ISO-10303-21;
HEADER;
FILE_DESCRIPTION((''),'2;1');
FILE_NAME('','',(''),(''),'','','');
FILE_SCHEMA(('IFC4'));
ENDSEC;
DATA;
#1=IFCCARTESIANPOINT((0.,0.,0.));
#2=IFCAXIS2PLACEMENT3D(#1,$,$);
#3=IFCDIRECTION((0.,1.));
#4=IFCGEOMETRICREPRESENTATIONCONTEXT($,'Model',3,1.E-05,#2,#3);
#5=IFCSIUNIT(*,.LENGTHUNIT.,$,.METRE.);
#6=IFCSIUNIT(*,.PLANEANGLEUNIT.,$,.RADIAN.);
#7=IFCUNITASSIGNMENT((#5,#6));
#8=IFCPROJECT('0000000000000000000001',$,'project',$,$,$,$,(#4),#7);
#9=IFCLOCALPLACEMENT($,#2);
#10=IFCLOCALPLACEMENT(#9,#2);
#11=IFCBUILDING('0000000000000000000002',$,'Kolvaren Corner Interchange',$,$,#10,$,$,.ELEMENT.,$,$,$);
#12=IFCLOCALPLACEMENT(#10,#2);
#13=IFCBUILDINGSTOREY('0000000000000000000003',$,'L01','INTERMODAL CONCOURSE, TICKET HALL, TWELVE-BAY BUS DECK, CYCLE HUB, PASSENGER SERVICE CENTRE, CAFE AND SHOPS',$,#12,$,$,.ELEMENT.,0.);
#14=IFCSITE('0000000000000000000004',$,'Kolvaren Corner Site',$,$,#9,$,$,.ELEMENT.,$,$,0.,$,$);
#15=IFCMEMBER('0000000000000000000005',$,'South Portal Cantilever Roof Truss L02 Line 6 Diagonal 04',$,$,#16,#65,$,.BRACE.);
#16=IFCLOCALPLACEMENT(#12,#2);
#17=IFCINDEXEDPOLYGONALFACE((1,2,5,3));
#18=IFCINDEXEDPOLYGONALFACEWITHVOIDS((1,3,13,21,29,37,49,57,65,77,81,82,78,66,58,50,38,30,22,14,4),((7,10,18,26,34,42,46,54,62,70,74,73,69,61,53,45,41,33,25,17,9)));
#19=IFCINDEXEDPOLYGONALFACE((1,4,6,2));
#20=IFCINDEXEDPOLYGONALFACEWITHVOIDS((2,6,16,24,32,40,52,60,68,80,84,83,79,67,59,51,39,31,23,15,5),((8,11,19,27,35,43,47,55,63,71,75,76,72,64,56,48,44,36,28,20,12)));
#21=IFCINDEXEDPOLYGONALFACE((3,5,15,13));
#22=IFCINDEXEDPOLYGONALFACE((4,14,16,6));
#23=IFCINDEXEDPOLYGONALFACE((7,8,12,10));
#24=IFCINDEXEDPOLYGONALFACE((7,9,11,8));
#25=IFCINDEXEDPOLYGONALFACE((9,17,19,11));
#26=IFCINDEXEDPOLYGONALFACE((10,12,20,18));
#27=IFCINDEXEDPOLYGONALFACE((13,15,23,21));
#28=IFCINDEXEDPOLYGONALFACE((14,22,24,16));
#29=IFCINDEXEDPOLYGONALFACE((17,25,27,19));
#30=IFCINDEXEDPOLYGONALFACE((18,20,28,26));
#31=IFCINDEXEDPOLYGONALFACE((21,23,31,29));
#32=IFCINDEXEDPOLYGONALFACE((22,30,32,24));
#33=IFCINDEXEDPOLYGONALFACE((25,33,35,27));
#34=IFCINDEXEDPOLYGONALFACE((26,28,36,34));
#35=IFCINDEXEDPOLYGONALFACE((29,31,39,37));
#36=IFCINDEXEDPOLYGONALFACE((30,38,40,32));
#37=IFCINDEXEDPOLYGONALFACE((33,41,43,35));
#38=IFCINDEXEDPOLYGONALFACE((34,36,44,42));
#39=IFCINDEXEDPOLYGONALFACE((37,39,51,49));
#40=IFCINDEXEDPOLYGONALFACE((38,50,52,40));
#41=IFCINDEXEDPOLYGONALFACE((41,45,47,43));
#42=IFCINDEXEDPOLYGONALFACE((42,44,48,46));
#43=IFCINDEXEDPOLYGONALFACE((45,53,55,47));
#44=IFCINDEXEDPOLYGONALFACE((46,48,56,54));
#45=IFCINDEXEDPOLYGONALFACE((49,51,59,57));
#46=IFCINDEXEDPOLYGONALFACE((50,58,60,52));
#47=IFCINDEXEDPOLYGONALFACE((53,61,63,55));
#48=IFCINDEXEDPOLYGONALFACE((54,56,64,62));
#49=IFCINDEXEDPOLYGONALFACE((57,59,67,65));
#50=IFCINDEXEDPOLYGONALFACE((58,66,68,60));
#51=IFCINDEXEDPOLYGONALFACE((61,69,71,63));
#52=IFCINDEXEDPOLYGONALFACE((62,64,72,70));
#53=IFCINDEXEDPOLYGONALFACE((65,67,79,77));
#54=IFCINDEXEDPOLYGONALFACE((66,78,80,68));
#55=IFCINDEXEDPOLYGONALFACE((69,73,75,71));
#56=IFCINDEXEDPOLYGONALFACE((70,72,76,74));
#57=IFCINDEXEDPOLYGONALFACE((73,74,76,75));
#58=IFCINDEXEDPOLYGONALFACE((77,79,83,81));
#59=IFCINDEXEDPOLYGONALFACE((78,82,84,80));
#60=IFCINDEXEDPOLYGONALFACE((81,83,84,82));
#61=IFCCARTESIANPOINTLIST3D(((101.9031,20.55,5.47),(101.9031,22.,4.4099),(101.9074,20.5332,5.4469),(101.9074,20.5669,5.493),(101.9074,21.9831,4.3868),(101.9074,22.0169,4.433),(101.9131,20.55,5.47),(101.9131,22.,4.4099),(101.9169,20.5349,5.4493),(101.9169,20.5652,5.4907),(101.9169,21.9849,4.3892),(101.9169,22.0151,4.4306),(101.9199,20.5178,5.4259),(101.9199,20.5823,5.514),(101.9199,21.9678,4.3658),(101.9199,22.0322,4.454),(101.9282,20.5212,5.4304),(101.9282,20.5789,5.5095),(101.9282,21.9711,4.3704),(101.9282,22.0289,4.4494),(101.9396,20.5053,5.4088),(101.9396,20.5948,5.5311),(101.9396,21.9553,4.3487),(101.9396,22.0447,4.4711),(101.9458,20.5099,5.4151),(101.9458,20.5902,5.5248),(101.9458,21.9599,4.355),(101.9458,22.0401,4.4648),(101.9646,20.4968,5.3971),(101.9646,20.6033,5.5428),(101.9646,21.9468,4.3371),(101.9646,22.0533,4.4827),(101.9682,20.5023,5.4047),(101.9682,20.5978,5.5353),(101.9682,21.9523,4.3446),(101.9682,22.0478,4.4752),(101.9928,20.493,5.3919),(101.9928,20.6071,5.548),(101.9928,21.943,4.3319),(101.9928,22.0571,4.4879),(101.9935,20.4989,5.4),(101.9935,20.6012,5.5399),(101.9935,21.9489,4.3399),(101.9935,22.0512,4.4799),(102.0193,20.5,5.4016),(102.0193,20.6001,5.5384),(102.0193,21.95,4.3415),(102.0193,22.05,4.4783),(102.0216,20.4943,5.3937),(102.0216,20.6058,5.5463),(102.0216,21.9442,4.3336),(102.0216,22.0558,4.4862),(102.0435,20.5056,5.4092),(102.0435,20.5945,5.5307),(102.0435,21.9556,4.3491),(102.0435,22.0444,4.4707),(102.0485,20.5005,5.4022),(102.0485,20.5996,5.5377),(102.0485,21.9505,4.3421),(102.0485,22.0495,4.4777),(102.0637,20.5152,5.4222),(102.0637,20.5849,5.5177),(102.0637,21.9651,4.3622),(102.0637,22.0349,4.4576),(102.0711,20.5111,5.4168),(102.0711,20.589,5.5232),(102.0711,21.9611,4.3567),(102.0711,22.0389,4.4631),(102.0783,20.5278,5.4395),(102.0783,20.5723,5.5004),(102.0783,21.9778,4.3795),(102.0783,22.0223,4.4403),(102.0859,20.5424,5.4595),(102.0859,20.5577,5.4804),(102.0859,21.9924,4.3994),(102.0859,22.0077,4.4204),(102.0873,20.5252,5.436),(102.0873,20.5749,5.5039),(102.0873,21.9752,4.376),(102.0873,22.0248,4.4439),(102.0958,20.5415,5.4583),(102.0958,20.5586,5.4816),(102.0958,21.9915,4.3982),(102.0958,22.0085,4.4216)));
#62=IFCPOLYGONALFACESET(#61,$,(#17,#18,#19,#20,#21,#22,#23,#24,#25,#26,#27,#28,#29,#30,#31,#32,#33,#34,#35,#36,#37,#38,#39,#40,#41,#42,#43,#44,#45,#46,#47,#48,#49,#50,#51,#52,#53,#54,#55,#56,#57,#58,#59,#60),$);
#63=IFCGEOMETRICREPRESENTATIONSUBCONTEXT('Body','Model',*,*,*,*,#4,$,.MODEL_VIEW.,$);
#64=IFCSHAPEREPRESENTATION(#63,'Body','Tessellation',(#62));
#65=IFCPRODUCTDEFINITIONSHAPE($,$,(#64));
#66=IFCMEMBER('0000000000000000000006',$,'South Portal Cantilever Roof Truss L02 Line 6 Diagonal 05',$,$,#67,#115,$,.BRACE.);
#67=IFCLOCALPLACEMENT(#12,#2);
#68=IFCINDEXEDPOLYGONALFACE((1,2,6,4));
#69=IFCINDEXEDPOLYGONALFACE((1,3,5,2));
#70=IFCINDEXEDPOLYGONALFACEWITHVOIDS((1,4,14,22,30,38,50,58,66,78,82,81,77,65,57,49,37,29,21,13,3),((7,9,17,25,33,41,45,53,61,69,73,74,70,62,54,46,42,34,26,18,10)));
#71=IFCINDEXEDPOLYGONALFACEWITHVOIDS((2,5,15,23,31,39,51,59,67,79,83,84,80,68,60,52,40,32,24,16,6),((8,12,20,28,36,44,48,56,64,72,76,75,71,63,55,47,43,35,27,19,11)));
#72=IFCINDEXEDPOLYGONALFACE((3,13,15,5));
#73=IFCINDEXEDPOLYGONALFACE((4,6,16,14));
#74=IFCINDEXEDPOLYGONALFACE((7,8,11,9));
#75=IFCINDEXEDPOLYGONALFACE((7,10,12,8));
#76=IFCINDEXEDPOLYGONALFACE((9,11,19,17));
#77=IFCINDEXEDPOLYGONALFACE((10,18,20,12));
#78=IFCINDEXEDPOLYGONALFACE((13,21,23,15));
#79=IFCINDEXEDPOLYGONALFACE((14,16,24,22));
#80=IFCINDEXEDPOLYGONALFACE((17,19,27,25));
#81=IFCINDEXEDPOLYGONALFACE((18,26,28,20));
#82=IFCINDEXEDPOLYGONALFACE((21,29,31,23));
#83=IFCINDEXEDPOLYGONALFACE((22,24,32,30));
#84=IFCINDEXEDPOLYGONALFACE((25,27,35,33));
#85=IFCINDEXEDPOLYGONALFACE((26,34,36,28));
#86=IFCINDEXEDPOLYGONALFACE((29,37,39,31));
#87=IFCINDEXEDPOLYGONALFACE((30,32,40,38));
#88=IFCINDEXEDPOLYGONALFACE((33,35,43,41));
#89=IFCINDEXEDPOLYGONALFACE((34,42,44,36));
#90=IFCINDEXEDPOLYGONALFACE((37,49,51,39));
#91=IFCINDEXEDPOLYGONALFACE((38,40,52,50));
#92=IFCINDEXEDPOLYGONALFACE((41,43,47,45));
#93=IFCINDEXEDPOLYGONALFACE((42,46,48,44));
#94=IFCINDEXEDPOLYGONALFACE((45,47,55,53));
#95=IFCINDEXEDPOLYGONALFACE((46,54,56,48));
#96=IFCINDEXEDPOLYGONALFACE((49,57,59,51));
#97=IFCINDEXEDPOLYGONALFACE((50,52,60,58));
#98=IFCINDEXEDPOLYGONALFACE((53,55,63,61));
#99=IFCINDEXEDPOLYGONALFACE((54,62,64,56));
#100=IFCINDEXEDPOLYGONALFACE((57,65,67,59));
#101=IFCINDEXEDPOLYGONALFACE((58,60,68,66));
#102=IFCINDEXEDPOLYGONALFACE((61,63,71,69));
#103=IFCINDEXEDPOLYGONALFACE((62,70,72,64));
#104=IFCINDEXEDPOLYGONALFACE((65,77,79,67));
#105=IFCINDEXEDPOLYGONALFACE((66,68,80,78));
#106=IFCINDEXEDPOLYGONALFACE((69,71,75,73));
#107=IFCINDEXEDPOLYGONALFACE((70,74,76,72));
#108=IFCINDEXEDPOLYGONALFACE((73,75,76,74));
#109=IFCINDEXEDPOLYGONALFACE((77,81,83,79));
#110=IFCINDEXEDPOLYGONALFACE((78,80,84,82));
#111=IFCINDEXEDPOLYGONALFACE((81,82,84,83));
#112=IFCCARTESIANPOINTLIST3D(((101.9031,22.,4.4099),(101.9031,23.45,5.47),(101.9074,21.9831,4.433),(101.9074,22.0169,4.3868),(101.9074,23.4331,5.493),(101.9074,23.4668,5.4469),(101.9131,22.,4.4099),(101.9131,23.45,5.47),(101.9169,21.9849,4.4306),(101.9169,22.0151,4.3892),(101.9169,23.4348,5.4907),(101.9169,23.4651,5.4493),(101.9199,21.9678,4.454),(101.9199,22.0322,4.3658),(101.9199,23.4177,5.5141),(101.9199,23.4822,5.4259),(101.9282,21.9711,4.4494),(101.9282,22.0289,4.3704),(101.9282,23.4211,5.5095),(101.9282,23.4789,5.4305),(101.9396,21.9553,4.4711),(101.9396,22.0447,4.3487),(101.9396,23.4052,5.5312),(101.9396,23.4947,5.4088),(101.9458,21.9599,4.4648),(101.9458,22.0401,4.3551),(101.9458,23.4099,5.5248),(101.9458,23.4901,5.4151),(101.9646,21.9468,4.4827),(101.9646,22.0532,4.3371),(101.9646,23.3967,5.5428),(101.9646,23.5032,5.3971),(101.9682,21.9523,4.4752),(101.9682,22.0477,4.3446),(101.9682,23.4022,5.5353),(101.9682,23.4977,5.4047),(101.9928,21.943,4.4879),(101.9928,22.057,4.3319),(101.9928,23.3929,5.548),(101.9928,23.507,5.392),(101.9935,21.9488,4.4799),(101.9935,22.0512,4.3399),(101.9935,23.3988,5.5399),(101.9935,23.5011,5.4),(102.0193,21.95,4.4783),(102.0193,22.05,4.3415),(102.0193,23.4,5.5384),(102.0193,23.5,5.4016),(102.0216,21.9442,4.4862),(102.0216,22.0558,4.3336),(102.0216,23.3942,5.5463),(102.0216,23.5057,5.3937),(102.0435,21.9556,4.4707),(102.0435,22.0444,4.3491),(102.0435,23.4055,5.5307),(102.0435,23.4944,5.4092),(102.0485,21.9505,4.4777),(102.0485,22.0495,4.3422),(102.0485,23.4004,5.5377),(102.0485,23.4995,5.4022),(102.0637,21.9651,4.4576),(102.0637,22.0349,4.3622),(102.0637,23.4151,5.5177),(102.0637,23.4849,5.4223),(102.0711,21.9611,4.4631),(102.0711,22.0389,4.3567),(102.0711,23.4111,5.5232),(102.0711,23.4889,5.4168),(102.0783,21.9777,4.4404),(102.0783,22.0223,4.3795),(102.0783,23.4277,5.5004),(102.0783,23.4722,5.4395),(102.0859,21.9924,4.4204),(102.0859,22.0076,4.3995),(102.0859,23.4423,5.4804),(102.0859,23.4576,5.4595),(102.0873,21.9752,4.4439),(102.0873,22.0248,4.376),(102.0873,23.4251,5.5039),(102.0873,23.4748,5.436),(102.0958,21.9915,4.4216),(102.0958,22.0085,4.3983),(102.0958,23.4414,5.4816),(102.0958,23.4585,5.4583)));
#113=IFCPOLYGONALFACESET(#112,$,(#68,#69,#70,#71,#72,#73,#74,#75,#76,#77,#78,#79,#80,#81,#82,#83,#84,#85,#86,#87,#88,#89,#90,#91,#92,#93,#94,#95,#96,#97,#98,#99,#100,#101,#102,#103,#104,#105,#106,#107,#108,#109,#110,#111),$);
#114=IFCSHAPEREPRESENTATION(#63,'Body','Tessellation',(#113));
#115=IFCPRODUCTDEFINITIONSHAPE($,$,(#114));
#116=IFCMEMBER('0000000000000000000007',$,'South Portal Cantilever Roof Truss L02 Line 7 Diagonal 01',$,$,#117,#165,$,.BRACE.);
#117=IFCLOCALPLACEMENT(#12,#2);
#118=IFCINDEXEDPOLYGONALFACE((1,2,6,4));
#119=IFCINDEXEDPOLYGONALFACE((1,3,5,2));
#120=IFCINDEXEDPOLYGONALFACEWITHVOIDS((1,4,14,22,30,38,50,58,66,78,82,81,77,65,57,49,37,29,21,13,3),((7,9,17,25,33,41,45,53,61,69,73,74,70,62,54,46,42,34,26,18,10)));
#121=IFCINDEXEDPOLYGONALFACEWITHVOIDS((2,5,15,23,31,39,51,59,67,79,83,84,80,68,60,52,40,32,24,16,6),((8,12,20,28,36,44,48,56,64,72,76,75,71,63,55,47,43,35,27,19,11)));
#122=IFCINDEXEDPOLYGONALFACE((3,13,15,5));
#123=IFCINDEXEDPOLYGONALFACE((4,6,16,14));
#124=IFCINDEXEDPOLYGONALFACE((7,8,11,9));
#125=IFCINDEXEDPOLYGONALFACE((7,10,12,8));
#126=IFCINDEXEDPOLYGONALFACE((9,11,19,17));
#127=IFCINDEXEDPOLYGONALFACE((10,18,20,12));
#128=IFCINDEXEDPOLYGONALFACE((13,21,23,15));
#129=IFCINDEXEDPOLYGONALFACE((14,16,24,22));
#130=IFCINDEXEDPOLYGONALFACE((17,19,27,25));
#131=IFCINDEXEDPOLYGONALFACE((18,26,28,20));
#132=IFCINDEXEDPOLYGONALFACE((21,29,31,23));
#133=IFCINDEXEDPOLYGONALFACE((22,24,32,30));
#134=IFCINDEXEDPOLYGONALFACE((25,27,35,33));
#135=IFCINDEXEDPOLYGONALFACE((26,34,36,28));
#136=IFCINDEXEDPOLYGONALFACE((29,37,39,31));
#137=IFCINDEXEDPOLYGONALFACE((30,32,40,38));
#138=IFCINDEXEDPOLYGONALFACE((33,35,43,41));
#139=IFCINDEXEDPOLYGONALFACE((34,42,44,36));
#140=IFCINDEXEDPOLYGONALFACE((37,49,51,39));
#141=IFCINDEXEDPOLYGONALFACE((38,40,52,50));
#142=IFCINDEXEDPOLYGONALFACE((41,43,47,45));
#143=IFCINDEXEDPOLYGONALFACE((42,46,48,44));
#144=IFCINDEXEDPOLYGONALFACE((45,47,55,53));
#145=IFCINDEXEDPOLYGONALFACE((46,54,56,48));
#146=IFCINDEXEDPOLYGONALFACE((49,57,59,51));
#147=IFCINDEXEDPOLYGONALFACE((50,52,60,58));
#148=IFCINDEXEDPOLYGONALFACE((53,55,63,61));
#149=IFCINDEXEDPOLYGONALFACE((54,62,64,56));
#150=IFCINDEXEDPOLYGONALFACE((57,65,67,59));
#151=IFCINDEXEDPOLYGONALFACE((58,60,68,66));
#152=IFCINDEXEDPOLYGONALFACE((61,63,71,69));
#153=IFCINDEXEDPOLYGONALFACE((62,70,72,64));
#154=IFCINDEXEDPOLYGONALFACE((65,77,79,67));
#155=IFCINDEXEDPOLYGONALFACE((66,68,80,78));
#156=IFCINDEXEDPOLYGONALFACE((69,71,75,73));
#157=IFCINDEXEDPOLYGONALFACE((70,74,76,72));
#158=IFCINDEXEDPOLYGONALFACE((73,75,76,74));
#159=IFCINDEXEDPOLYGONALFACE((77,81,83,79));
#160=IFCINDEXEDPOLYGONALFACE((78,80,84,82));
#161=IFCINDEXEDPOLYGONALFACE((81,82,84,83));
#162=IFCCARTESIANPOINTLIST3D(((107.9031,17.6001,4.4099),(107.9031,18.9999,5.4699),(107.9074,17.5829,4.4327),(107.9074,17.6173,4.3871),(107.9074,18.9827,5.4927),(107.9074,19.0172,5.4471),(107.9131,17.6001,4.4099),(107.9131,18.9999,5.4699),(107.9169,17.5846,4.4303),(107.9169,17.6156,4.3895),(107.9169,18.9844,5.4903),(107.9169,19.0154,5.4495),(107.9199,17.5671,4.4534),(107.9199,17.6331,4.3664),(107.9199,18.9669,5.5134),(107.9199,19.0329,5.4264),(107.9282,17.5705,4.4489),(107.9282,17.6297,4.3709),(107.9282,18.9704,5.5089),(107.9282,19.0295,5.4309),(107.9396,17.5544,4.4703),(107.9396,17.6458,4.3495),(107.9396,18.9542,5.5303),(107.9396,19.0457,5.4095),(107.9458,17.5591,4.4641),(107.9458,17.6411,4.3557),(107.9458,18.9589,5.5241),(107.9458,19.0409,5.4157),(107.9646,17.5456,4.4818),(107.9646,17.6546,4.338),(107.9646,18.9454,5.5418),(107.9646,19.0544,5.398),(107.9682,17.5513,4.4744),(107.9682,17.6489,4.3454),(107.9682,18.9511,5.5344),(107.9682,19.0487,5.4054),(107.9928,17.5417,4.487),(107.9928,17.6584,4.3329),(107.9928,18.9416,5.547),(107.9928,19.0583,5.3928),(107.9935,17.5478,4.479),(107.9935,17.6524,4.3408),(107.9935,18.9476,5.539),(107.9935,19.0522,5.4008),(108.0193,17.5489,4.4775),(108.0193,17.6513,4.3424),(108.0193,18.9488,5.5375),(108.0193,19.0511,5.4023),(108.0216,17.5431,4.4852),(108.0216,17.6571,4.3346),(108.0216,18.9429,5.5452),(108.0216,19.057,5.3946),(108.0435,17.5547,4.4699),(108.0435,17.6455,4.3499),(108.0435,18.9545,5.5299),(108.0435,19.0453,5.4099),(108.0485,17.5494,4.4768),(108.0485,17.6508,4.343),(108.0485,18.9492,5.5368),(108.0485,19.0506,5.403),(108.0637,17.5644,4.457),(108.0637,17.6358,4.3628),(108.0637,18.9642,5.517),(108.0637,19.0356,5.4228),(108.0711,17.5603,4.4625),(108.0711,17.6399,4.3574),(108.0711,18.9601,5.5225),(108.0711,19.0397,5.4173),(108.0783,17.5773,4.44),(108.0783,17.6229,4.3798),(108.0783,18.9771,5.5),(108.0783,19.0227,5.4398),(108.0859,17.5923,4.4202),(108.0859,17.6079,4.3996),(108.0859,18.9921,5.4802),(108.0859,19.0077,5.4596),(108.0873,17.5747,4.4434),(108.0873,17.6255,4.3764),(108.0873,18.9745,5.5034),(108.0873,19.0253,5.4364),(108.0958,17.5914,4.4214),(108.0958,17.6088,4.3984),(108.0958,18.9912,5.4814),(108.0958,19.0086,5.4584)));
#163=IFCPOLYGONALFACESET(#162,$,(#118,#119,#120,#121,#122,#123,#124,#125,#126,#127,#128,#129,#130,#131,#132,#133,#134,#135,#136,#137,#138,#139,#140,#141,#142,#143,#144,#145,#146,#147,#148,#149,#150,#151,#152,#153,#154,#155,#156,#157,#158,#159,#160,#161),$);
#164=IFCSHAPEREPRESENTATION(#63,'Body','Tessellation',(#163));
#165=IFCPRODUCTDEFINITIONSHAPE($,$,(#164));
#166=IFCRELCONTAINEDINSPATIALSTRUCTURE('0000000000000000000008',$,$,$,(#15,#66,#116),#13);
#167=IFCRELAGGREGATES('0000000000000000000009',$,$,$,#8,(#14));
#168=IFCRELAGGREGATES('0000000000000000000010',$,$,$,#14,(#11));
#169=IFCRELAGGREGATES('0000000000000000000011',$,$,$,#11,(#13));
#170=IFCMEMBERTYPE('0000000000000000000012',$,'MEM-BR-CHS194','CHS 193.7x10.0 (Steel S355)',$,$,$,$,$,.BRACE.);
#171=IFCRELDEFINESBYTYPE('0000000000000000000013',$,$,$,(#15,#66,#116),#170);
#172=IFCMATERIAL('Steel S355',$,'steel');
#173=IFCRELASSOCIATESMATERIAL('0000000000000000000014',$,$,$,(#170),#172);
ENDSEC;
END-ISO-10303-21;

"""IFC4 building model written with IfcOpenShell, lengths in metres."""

from ifc_helpers import new_model, si_unit, direction, frame, origin, origin_2d, place, context, subcontext, project, spatial, hollow_circle, extrude, material, material_profile, profile_set, type_object, element, save


model = new_model("IFC4")

# Units and contexts
model_context = context("Model", 3, precision=1e-05, world=origin(), true_north=direction((0.0, 1.0)))
body_context = subcontext(model_context, "Body", "Model", "MODEL_VIEW")
ifc_project = project(units=[si_unit("LENGTHUNIT", "METRE"), si_unit("PLANEANGLEUNIT", "RADIAN")], contexts=[model_context])

# Site, building, storey
site_placement = place(None, origin())
site = spatial("IfcSite", under=ifc_project, at=site_placement, Name="Kolvaren Corner Site", CompositionType="ELEMENT", RefElevation=0.0)
building_placement = place(site_placement, origin())
building = spatial("IfcBuilding", under=site, at=building_placement, Name="Kolvaren Corner Interchange", CompositionType="ELEMENT")
storey_placement = place(building_placement, origin())
storey = spatial("IfcBuildingStorey", under=building, at=storey_placement, Name="L01", Description="INTERMODAL CONCOURSE, TICKET HALL, TWELVE-BAY BUS DECK, CYCLE HUB, PASSENGER SERVICE CENTRE, CAFE AND SHOPS", CompositionType="ELEMENT", Elevation=0.0)

# Members
ifc_material_1 = material(Name="Steel S355", Category="steel")
ifc_material_profile_1 = material_profile(ifc_material_1, hollow_circle(Radius=0.0969, WallThickness=0.01, at=origin_2d()), Name="CHS 193.7x10.0")
ifc_profile_set_1 = profile_set([ifc_material_profile_1], Name="Steel S355")
member_type_1 = type_object("IfcMemberType", Name="MEM-BR-CHS194", Description="CHS 193.7x10.0 (Steel S355)", PredefinedType="BRACE", material=ifc_profile_set_1)
for number, where, z_axis, x_axis, name in (
    (1, (102.0, 20.55, 5.47), (0.0, 0.807264, -0.59019), (-1.0, 0.0, 0.0), "South Portal Cantilever Roof Truss L02 Line 6 Diagonal 04"),
    (2, (102.0, 22.0, 4.4099), (0.0, 0.807264, 0.59019), (-1.0, 0.0, 0.0), "South Portal Cantilever Roof Truss L02 Line 6 Diagonal 05"),
):
    element("IfcMember", number, at=place(storey_placement, frame(where, z_axis=z_axis, x_axis=x_axis)), inside=storey, type_object=member_type_1, Name=name, PredefinedType="BRACE", context=body_context, shape_type="SweptSolid", body=[
        extrude(hollow_circle(Radius=0.0969, WallThickness=0.01, at=origin_2d()), origin(), (0.0, 0.0, 1.0), 1.7961),
    ])
member_1_placement = place(storey_placement, frame((108.0, 17.6001, 4.4099), z_axis=(0.0, 0.797222, 0.603686), x_axis=(-1.0, 0.0, 0.0)))
element("IfcMember", 3, at=member_1_placement, inside=storey, type_object=member_type_1, Name="South Portal Cantilever Roof Truss L02 Line 7 Diagonal 01", PredefinedType="BRACE", context=body_context, shape_type="SweptSolid", body=[
    extrude(hollow_circle(Radius=0.0969, WallThickness=0.01, at=origin_2d()), origin(), (0.0, 0.0, 1.0), 1.7559),
])

save(model, "model.ifc")
